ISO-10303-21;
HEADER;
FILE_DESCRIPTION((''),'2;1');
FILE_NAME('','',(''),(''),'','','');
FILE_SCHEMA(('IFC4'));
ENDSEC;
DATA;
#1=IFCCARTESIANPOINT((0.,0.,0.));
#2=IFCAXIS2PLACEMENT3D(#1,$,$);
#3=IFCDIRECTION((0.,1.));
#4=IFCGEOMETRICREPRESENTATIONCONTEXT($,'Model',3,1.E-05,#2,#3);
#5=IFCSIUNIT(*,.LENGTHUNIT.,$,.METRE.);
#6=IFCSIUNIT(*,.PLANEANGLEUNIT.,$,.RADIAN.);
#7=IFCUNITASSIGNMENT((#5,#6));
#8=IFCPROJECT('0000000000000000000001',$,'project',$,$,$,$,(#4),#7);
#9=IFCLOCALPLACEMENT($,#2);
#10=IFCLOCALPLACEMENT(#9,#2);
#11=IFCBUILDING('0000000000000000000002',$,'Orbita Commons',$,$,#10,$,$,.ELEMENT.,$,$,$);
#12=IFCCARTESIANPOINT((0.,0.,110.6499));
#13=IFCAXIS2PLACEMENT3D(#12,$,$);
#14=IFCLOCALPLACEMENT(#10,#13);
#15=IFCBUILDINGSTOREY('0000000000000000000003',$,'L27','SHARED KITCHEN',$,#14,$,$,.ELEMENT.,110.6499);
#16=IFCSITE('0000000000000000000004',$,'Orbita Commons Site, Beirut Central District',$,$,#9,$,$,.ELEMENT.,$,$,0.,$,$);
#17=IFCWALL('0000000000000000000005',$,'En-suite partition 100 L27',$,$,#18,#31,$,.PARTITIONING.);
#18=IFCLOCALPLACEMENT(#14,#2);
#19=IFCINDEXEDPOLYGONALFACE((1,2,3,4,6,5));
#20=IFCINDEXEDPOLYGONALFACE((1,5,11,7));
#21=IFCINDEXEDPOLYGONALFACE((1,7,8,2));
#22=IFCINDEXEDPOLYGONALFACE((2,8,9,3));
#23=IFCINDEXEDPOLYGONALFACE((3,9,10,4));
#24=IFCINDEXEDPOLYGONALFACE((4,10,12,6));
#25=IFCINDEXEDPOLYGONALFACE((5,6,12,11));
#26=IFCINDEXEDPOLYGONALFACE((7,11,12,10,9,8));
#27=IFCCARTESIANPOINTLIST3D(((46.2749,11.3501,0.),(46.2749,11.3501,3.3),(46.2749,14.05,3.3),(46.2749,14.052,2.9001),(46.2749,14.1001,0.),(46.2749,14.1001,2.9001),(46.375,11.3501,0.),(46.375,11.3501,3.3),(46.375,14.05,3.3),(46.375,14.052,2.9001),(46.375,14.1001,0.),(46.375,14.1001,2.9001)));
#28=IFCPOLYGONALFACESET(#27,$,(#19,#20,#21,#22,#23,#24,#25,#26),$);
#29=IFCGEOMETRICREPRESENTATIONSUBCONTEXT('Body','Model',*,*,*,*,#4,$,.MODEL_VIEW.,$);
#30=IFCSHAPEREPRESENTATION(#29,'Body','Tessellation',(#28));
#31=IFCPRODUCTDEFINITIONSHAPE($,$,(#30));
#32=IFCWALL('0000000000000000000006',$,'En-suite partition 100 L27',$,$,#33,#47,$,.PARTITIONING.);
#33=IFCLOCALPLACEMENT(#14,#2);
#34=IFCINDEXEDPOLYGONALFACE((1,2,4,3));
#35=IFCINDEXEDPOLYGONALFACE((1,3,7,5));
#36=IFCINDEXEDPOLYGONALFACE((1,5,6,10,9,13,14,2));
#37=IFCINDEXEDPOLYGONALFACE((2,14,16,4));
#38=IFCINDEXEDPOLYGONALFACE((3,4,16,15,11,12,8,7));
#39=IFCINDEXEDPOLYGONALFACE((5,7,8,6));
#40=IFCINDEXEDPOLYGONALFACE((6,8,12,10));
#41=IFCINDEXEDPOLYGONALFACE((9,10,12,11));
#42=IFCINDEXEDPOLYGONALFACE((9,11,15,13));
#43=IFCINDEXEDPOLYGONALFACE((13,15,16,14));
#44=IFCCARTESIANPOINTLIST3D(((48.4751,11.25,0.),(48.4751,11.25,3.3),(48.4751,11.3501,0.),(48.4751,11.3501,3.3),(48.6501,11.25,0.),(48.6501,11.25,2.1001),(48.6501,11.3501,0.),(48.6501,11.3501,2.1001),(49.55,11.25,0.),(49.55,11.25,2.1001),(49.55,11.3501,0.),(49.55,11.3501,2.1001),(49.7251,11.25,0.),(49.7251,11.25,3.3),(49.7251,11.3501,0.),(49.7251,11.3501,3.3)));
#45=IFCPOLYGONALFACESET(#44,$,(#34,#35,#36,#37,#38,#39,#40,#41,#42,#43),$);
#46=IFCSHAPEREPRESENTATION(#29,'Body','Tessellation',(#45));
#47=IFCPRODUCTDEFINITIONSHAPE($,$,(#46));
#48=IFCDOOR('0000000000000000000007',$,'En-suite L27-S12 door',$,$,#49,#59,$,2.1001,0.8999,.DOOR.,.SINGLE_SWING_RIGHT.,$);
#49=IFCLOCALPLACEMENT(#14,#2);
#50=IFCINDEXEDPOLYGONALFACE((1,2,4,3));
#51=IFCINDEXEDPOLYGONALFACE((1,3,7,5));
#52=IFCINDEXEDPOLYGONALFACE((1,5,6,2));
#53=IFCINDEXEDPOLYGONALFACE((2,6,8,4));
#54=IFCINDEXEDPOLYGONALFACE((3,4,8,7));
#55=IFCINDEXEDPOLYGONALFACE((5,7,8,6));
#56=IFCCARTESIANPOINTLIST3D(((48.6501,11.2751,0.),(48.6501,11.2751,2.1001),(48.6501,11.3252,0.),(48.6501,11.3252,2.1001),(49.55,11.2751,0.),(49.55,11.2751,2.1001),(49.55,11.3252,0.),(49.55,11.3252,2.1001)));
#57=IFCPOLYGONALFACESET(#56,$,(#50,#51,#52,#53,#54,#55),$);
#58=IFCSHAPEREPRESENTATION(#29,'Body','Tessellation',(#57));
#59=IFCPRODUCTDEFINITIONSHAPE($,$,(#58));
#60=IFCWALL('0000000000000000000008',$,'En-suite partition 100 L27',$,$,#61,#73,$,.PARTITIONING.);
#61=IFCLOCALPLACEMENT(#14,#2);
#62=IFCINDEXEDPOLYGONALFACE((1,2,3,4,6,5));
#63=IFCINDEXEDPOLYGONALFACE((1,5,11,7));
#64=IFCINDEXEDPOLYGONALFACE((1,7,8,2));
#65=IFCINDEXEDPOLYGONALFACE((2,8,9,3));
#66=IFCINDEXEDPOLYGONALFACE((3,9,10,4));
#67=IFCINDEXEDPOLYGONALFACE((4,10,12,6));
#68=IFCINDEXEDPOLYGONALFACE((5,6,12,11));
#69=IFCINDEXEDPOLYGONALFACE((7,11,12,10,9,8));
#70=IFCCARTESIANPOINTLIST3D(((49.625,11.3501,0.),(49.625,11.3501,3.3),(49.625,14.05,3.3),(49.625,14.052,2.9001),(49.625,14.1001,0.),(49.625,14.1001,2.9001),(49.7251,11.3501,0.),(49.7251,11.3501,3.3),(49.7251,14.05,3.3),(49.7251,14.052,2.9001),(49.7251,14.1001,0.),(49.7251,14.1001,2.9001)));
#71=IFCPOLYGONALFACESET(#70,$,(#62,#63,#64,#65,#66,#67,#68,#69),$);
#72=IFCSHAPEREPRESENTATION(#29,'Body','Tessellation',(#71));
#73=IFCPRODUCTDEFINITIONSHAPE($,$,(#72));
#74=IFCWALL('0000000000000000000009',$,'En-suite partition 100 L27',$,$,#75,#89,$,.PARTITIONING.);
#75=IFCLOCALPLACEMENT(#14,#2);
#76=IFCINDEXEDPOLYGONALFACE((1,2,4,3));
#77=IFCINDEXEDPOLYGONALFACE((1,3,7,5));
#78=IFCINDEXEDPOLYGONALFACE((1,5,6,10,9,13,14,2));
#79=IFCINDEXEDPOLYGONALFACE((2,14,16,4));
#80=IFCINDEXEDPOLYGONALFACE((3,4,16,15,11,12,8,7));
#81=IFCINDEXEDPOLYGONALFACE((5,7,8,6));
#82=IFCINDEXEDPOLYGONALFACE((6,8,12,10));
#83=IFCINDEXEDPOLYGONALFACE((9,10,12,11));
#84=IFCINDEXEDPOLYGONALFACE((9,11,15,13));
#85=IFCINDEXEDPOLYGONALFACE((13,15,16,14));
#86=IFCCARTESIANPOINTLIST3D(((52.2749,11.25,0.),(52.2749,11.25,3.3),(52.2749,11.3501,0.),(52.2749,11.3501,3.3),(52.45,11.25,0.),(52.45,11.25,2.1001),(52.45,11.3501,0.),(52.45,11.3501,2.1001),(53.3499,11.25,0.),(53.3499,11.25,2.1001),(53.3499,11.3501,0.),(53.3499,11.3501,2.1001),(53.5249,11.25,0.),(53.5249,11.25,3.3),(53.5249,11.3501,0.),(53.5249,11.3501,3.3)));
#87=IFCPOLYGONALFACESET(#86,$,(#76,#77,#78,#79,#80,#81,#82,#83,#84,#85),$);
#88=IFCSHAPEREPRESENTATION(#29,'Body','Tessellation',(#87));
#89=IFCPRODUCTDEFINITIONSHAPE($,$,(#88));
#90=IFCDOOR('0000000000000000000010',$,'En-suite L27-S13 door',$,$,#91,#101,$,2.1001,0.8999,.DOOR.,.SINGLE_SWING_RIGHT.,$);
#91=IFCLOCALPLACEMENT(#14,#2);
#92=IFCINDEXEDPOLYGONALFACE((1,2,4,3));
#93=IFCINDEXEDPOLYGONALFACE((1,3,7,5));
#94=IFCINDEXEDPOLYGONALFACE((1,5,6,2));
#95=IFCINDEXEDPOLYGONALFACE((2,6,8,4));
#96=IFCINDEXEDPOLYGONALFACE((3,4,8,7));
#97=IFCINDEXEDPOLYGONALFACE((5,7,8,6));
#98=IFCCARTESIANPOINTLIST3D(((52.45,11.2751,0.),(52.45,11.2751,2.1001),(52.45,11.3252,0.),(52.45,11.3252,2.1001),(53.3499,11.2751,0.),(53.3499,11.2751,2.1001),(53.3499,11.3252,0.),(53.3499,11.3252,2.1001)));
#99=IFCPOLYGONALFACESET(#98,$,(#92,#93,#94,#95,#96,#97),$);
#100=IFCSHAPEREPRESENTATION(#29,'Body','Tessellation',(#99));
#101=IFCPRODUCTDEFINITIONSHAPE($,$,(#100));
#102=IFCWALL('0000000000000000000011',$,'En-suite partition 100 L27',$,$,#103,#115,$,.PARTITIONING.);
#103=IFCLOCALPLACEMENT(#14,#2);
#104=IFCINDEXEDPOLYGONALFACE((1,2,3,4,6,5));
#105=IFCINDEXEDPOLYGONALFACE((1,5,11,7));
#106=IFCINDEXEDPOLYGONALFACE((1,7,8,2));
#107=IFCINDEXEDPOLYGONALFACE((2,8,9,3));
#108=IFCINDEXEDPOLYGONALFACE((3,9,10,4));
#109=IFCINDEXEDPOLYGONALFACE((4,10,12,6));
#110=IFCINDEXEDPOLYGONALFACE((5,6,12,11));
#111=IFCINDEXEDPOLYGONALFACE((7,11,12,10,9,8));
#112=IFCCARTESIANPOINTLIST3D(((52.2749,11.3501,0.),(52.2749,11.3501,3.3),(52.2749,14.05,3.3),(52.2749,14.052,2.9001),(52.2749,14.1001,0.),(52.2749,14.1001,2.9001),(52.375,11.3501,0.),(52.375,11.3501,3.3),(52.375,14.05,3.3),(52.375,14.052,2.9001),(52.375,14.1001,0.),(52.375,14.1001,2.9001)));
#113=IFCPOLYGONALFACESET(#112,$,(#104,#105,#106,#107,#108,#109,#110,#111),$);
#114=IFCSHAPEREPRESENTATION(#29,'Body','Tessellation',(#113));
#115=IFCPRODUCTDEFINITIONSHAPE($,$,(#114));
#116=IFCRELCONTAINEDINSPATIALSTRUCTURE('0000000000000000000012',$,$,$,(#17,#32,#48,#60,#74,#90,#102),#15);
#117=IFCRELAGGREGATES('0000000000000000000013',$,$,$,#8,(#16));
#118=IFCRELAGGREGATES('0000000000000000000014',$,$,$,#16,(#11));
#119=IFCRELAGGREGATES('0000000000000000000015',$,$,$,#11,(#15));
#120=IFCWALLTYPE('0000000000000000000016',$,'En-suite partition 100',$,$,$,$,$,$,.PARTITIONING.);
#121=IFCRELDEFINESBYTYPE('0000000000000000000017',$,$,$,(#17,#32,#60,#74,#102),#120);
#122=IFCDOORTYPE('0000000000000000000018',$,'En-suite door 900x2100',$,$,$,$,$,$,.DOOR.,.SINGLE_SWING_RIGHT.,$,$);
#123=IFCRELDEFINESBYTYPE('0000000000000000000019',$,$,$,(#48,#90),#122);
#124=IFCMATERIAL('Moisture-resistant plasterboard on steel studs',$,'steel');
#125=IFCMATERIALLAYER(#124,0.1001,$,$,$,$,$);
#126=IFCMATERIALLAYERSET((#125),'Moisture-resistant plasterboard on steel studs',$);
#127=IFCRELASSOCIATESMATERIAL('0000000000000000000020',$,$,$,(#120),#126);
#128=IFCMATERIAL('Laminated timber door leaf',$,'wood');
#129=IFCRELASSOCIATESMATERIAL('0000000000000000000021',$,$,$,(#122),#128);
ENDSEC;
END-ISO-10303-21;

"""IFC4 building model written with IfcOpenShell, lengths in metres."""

from ifc_helpers import new_model, si_unit, direction, frame, frame_2d, origin, place, context, subcontext, project, spatial, polyline, rectangle, outline, extrude, material, layer, layer_set, type_object, element, fill, save


model = new_model("IFC4")

# Units and contexts
model_context = context("Model", 3, precision=1e-05, world=origin(), true_north=direction((0.0, 1.0)))
body_context = subcontext(model_context, "Body", "Model", "MODEL_VIEW")
ifc_project = project(units=[si_unit("LENGTHUNIT", "METRE"), si_unit("PLANEANGLEUNIT", "RADIAN")], contexts=[model_context])

# Site, building, storey
site_placement = place(None, origin())
site = spatial("IfcSite", under=ifc_project, at=site_placement, Name="Orbita Commons Site, Beirut Central District", CompositionType="ELEMENT", RefElevation=0.0)
building_placement = place(site_placement, origin())
building = spatial("IfcBuilding", under=site, at=building_placement, Name="Orbita Commons", CompositionType="ELEMENT")
storey_placement = place(building_placement, frame((0.0, 0.0, 110.6499)))
storey = spatial("IfcBuildingStorey", under=building, at=storey_placement, Name="L27", Description="SHARED KITCHEN", CompositionType="ELEMENT", Elevation=110.6499)

# Shared definitions
ifc_material_1 = material(Name="Moisture-resistant plasterboard on steel studs", Category="steel")
ifc_layer = layer(ifc_material_1, 0.1001)
ifc_layer_set = layer_set([ifc_layer], Name="Moisture-resistant plasterboard on steel studs")
wall_type = type_object("IfcWallType", Name="En-suite partition 100", PredefinedType="PARTITIONING", material=ifc_layer_set)
ifc_material_2 = material(Name="Laminated timber door leaf", Category="wood")
door_type = type_object("IfcDoorType", Name="En-suite door 900x2100", OperationType="SINGLE_SWING_RIGHT", PredefinedType="DOOR", material=ifc_material_2)

# Wall
wall_1_placement = place(storey_placement, frame((46.325, 11.3501, 0.0), z_axis=(0.0, 0.0, 1.0), x_axis=(0.0, 1.0, 0.0)))
element("IfcWall", 1, at=wall_1_placement, inside=storey, type_object=wall_type, Name="En-suite partition 100 L27", PredefinedType="PARTITIONING", context=body_context, shape_type="SweptSolid", body=[
    extrude(outline(polyline([(0.0, 0.0), (2.75, 0.0), (2.75, 2.9001), (2.7019, 2.9001), (2.7, 3.3), (0.0, 3.3), (0.0, 0.0)])), frame((0.0, 0.05, 0.0), z_axis=(0.0, -1.0, 0.0), x_axis=(1.0, 0.0, 0.0)), (0.0, 0.0, 1.0), 0.1001),
])

# Wall, opening, door
wall_2_placement = place(storey_placement, frame((49.7251, 11.3, 0.0), z_axis=(0.0, 0.0, 1.0), x_axis=(-1.0, 0.0, 0.0)))
wall_2 = element("IfcWall", 2, at=wall_2_placement, inside=storey, type_object=wall_type, Name="En-suite partition 100 L27", PredefinedType="PARTITIONING", context=body_context, shape_type="SweptSolid", body=[
    extrude(rectangle(XDim=1.25, YDim=0.1001, at=frame_2d((0.625, 0.0))), origin(), (0.0, 0.0, 1.0), 3.3),
])
opening_1_placement = place(wall_2_placement, frame((0.175, 0.0, 0.0)))
opening_1 = element("IfcOpeningElement", 3, at=opening_1_placement, cuts=wall_2, PredefinedType="OPENING", context=body_context, shape_type="SweptSolid", body=[
    extrude(rectangle(XDim=0.8999, YDim=2.1001, at=frame_2d((0.45, 1.05))), frame((0.0, 0.0601, 0.0), z_axis=(0.0, -1.0, 0.0), x_axis=(1.0, 0.0, 0.0)), (0.0, 0.0, 1.0), 0.1201),
])
door_1_placement = place(opening_1_placement, origin())
door_1 = element("IfcDoor", 4, at=door_1_placement, inside=storey, type_object=door_type, Name="En-suite L27-S12 door", OperationType="SINGLE_SWING_RIGHT", OverallHeight=2.1001, OverallWidth=0.8999, PredefinedType="DOOR", context=body_context, shape_type="SweptSolid", body=[
    extrude(rectangle(XDim=0.8999, YDim=2.1001, at=frame_2d((0.45, 1.05))), frame((0.0, 0.0249, 0.0), z_axis=(0.0, -1.0, 0.0), x_axis=(1.0, 0.0, 0.0)), (0.0, 0.0, 1.0), 0.05),
])
fill(opening_1, door_1)

# Wall
wall_3_placement = place(storey_placement, frame((49.675, 11.3501, 0.0), z_axis=(0.0, 0.0, 1.0), x_axis=(0.0, 1.0, 0.0)))
element("IfcWall", 5, at=wall_3_placement, inside=storey, type_object=wall_type, Name="En-suite partition 100 L27", PredefinedType="PARTITIONING", context=body_context, shape_type="SweptSolid", body=[
    extrude(outline(polyline([(0.0, 0.0), (2.75, 0.0), (2.75, 2.9001), (2.7019, 2.9001), (2.7, 3.3), (0.0, 3.3), (0.0, 0.0)])), frame((0.0, 0.05, 0.0), z_axis=(0.0, -1.0, 0.0), x_axis=(1.0, 0.0, 0.0)), (0.0, 0.0, 1.0), 0.1001),
])

# Wall, opening, door
wall_4_placement = place(storey_placement, frame((53.5249, 11.3, 0.0), z_axis=(0.0, 0.0, 1.0), x_axis=(-1.0, 0.0, 0.0)))
wall_4 = element("IfcWall", 6, at=wall_4_placement, inside=storey, type_object=wall_type, Name="En-suite partition 100 L27", PredefinedType="PARTITIONING", context=body_context, shape_type="SweptSolid", body=[
    extrude(rectangle(XDim=1.25, YDim=0.1001, at=frame_2d((0.625, 0.0))), origin(), (0.0, 0.0, 1.0), 3.3),
])
opening_2_placement = place(wall_4_placement, frame((0.175, 0.0, 0.0)))
opening_2 = element("IfcOpeningElement", 7, at=opening_2_placement, cuts=wall_4, PredefinedType="OPENING", context=body_context, shape_type="SweptSolid", body=[
    extrude(rectangle(XDim=0.8999, YDim=2.1001, at=frame_2d((0.45, 1.05))), frame((0.0, 0.0601, 0.0), z_axis=(0.0, -1.0, 0.0), x_axis=(1.0, 0.0, 0.0)), (0.0, 0.0, 1.0), 0.1201),
])
door_2_placement = place(opening_2_placement, origin())
door_2 = element("IfcDoor", 8, at=door_2_placement, inside=storey, type_object=door_type, Name="En-suite L27-S13 door", OperationType="SINGLE_SWING_RIGHT", OverallHeight=2.1001, OverallWidth=0.8999, PredefinedType="DOOR", context=body_context, shape_type="SweptSolid", body=[
    extrude(rectangle(XDim=0.8999, YDim=2.1001, at=frame_2d((0.45, 1.05))), frame((0.0, 0.0249, 0.0), z_axis=(0.0, -1.0, 0.0), x_axis=(1.0, 0.0, 0.0)), (0.0, 0.0, 1.0), 0.05),
])
fill(opening_2, door_2)

# Wall
wall_5_placement = place(storey_placement, frame((52.325, 11.3501, 0.0), z_axis=(0.0, 0.0, 1.0), x_axis=(0.0, 1.0, 0.0)))
element("IfcWall", 9, at=wall_5_placement, inside=storey, type_object=wall_type, Name="En-suite partition 100 L27", PredefinedType="PARTITIONING", context=body_context, shape_type="SweptSolid", body=[
    extrude(outline(polyline([(0.0, 0.0), (2.75, 0.0), (2.75, 2.9001), (2.7019, 2.9001), (2.7, 3.3), (0.0, 3.3), (0.0, 0.0)])), frame((0.0, 0.05, 0.0), z_axis=(0.0, -1.0, 0.0), x_axis=(1.0, 0.0, 0.0)), (0.0, 0.0, 1.0), 0.1001),
])

save(model, "model.ifc")
